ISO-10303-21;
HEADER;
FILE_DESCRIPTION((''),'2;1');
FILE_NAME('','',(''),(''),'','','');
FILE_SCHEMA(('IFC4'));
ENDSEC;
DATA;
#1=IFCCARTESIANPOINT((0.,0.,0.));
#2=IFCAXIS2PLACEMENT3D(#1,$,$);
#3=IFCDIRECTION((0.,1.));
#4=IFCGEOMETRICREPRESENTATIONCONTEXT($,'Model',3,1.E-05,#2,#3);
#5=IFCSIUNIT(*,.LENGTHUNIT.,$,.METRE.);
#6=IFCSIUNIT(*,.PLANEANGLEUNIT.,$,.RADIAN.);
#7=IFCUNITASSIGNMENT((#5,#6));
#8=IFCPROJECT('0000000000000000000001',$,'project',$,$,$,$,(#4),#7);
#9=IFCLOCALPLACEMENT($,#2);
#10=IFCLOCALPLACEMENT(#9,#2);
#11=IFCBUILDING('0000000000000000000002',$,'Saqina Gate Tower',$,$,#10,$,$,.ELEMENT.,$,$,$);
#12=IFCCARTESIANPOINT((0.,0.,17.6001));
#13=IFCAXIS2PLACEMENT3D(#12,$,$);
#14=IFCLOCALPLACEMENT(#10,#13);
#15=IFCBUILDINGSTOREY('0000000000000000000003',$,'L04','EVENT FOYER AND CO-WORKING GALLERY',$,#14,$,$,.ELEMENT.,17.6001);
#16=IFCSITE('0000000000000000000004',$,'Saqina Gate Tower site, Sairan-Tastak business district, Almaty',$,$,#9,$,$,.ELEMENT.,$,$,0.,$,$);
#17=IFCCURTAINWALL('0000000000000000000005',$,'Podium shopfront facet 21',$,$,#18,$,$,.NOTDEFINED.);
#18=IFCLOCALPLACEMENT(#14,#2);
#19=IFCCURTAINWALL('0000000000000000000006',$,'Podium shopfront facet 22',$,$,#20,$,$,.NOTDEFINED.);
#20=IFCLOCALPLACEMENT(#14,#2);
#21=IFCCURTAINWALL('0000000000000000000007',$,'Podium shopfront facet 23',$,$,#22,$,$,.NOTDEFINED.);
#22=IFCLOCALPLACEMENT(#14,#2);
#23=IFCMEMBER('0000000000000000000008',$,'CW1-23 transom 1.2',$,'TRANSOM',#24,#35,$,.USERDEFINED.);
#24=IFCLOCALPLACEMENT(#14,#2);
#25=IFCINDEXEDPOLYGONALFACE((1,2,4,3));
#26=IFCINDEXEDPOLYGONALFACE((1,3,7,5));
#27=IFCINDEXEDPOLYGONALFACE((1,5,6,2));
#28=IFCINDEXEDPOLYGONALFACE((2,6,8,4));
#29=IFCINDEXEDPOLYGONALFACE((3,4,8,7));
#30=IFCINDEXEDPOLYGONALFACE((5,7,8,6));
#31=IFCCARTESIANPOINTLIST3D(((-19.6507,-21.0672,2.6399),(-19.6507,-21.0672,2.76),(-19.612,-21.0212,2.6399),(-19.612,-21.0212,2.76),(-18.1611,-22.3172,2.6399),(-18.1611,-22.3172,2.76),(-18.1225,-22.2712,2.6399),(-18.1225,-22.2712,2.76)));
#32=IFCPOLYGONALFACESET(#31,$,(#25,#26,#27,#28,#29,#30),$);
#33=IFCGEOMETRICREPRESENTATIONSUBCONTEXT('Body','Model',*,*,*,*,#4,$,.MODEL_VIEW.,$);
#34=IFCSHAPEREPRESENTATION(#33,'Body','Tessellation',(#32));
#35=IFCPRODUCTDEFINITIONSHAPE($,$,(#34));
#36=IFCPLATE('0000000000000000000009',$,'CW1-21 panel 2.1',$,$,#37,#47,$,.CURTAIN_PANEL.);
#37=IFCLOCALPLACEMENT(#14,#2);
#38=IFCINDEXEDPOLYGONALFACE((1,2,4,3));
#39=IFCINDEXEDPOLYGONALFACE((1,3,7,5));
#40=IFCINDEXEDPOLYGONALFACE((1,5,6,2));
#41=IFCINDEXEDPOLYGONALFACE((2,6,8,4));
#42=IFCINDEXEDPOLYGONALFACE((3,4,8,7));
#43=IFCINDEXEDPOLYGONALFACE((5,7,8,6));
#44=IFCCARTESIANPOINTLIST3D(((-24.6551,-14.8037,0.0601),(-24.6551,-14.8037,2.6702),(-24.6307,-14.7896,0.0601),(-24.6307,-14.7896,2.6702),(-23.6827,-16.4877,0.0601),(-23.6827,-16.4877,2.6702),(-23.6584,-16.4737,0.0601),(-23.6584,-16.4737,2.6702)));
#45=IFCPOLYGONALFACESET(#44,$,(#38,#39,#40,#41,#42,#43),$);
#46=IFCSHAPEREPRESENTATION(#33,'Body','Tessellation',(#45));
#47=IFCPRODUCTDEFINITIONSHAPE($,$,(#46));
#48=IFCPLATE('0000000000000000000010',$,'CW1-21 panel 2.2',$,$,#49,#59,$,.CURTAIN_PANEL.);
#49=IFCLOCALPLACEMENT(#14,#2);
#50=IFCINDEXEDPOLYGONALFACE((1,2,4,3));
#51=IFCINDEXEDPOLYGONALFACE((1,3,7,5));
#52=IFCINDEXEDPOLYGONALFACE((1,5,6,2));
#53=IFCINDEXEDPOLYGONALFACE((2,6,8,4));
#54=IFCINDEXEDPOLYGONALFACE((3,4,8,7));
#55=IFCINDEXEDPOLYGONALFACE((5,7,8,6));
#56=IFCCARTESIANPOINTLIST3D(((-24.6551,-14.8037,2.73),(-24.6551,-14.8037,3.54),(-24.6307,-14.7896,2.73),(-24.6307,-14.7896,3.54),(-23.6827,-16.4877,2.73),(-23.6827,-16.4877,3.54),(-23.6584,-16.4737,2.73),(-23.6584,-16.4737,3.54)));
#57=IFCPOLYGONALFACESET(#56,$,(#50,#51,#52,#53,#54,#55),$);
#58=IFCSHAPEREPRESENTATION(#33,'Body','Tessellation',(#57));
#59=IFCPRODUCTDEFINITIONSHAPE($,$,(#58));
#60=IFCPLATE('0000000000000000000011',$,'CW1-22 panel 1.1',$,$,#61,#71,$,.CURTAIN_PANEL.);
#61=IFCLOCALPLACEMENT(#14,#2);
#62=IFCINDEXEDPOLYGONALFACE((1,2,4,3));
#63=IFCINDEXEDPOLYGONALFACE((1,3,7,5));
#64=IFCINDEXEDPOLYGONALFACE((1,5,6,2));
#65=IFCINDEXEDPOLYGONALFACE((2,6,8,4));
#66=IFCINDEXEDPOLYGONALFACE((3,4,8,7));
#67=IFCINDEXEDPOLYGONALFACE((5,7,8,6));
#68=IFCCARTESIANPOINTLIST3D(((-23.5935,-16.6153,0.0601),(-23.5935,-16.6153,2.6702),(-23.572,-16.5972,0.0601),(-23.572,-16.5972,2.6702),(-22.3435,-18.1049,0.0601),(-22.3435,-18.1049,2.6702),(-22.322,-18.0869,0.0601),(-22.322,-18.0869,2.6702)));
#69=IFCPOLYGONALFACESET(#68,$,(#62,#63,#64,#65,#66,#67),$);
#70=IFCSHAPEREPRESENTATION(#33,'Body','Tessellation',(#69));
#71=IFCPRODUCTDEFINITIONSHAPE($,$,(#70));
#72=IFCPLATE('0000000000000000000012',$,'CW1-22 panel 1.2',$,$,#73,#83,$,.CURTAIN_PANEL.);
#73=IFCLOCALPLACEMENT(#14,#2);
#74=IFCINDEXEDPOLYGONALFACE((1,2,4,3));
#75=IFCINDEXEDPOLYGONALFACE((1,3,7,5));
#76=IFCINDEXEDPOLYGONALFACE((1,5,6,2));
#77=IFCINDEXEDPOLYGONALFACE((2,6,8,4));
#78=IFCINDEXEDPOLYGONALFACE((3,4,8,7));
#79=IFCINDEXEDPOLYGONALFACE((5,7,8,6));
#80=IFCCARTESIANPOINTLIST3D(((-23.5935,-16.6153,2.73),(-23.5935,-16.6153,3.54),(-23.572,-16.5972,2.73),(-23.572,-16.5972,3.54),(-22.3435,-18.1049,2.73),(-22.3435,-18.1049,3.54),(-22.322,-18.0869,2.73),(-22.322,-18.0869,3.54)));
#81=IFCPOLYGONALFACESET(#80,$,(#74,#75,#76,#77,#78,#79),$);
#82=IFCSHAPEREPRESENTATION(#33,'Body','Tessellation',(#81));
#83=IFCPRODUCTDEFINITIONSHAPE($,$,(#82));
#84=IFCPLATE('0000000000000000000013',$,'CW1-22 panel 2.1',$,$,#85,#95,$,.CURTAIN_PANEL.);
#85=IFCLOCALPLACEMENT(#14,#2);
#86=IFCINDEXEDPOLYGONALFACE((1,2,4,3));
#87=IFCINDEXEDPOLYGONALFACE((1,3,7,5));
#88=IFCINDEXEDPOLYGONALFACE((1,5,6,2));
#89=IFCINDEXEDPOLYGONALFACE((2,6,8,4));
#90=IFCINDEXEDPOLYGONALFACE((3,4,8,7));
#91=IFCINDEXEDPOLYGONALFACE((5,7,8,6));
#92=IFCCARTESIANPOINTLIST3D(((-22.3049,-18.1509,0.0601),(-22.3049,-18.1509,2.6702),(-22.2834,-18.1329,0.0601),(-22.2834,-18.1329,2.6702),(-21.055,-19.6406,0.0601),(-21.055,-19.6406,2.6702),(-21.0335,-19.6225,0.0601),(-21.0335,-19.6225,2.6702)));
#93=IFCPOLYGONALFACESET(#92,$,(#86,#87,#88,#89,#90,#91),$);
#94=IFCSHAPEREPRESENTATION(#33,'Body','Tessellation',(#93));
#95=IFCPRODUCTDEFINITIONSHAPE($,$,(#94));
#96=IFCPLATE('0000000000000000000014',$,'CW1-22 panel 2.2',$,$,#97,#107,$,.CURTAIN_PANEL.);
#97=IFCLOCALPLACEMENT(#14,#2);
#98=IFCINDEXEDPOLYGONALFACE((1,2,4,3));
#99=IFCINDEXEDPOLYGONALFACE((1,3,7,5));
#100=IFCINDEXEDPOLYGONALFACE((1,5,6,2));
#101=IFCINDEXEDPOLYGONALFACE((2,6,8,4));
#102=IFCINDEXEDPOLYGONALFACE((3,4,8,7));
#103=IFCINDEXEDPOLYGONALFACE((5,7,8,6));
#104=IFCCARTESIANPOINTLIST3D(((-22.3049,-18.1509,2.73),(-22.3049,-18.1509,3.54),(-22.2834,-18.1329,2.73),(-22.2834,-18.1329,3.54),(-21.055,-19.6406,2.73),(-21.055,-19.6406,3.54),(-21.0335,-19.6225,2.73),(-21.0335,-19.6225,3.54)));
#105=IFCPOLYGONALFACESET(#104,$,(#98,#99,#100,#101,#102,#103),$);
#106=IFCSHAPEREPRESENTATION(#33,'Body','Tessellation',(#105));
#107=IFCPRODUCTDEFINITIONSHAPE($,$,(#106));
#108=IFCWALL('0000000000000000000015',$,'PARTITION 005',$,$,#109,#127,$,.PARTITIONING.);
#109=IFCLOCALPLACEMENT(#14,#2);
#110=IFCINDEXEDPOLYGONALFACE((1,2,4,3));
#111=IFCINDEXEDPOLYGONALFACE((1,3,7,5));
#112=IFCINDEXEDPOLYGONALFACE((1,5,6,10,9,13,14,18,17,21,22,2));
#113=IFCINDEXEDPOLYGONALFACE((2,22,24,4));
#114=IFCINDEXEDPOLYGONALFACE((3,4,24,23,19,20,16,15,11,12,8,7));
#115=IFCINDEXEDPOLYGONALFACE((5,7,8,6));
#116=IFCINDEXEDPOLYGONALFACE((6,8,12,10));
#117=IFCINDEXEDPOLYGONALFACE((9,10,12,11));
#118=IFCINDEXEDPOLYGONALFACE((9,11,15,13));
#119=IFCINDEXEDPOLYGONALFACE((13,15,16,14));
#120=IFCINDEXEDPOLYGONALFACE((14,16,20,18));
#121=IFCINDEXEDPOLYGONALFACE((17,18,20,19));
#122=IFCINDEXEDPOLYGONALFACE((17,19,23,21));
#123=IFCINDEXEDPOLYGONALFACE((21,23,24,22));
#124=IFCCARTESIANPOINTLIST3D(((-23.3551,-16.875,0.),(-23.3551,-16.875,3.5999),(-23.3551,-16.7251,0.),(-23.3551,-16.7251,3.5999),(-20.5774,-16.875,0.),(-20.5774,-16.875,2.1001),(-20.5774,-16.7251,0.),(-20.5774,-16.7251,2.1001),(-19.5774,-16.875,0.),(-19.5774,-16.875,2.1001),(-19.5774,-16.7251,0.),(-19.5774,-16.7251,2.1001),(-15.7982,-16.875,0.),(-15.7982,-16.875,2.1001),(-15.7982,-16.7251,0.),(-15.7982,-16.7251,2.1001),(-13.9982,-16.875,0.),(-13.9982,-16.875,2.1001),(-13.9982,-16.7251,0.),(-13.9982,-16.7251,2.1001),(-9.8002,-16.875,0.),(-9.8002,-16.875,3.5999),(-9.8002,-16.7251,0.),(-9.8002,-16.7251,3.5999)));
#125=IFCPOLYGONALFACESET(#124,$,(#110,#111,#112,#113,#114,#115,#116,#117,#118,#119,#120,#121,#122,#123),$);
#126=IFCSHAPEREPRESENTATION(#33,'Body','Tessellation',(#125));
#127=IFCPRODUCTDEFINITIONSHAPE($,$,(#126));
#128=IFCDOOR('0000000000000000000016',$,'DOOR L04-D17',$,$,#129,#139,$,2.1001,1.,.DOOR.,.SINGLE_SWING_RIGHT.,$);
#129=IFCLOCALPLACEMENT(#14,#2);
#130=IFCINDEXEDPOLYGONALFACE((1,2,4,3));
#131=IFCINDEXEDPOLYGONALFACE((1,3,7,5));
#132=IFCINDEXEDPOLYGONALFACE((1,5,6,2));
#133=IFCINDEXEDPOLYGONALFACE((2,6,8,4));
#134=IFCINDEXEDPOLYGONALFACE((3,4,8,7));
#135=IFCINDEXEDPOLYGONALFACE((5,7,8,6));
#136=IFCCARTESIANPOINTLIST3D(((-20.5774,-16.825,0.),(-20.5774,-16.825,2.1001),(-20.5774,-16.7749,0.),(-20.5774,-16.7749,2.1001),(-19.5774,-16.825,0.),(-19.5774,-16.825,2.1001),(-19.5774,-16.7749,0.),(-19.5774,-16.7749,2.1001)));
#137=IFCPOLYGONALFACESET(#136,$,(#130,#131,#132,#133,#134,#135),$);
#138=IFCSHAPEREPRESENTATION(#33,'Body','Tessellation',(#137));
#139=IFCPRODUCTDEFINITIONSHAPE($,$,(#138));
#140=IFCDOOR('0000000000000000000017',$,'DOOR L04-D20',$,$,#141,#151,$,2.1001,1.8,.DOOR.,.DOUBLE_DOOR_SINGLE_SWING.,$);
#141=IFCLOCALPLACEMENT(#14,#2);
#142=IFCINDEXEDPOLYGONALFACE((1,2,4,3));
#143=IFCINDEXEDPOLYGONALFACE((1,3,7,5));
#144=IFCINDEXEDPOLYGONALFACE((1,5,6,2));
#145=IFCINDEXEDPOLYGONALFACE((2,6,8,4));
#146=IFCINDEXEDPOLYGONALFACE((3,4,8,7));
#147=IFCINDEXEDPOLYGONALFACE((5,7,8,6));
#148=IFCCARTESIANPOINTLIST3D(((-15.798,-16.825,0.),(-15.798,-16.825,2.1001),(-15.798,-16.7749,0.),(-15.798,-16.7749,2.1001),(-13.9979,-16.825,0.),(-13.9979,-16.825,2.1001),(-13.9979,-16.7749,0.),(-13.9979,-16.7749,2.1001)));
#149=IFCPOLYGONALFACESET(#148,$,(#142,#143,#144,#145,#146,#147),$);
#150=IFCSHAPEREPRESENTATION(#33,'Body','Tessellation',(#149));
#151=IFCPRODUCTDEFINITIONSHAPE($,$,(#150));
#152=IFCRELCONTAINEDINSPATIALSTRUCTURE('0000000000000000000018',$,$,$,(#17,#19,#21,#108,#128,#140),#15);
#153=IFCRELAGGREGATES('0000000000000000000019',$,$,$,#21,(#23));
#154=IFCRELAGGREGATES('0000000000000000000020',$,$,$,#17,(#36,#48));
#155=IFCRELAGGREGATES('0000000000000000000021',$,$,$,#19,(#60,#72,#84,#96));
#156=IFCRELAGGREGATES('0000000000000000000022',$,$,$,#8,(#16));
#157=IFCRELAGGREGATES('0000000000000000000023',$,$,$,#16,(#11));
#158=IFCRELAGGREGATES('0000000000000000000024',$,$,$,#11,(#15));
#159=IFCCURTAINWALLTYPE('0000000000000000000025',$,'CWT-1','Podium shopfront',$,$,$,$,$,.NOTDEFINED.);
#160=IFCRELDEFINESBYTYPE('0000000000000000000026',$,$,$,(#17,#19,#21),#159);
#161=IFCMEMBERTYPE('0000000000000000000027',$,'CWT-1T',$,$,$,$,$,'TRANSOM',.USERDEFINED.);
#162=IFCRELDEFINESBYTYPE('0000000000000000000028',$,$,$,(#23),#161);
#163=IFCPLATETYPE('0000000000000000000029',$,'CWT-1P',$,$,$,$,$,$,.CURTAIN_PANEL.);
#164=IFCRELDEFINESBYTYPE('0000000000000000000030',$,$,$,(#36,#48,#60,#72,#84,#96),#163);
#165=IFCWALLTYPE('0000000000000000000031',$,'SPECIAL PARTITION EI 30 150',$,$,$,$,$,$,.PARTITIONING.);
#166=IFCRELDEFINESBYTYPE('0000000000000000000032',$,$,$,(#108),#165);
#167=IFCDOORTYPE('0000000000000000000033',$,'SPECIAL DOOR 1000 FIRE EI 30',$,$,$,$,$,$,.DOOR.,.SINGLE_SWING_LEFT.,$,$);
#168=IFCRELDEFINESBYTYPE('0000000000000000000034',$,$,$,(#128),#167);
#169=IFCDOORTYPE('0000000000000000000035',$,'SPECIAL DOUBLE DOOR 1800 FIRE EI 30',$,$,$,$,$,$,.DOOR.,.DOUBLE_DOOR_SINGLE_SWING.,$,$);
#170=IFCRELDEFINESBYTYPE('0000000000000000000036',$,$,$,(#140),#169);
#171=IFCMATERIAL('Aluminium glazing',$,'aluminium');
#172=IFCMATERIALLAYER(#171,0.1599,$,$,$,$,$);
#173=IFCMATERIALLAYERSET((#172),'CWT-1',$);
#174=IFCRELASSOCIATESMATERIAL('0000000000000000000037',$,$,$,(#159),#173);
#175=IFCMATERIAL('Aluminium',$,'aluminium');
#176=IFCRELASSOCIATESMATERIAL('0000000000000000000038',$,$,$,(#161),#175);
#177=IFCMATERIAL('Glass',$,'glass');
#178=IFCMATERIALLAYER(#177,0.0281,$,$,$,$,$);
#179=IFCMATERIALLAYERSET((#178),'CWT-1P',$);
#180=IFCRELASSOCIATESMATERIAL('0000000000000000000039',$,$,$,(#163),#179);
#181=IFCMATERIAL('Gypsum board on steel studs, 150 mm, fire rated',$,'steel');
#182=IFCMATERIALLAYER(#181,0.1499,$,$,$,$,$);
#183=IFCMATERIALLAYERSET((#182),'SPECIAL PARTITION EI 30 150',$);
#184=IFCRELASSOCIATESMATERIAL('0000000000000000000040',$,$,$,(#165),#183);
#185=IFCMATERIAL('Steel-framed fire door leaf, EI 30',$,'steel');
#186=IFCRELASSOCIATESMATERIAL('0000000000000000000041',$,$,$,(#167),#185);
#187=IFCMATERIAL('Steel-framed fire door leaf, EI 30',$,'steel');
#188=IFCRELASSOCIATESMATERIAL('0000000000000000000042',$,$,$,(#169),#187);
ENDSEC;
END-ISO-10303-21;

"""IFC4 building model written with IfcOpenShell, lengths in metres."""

from ifc_helpers import new_model, si_unit, direction, frame, frame_2d, origin, origin_2d, place, context, subcontext, project, spatial, rectangle, extrude, material, layer, layer_set, material_profile, profile_set, type_object, element, fill, aggregate, save


model = new_model("IFC4")

# Units and contexts
model_context = context("Model", 3, precision=1e-05, world=origin(), true_north=direction((0.0, 1.0)))
body_context = subcontext(model_context, "Body", "Model", "MODEL_VIEW")
ifc_project = project(units=[si_unit("LENGTHUNIT", "METRE"), si_unit("PLANEANGLEUNIT", "RADIAN")], contexts=[model_context])

# Site, building, storey
site_placement = place(None, origin())
site = spatial("IfcSite", under=ifc_project, at=site_placement, Name="Saqina Gate Tower site, Sairan-Tastak business district, Almaty", CompositionType="ELEMENT", RefElevation=0.0)
building_placement = place(site_placement, origin())
building = spatial("IfcBuilding", under=site, at=building_placement, Name="Saqina Gate Tower", CompositionType="ELEMENT")
storey_placement = place(building_placement, frame((0.0, 0.0, 17.6001)))
storey = spatial("IfcBuildingStorey", under=building, at=storey_placement, Name="L04", Description="EVENT FOYER AND CO-WORKING GALLERY", CompositionType="ELEMENT", Elevation=17.6001)

# Curtain wall
ifc_material_1 = material(Name="Aluminium glazing", Category="aluminium")
ifc_layer_1 = layer(ifc_material_1, 0.1599)
ifc_layer_set_1 = layer_set([ifc_layer_1], Name="CWT-1")
curtain_wall_type = type_object("IfcCurtainWallType", Name="CWT-1", Description="Podium shopfront", PredefinedType="NOTDEFINED", material=ifc_layer_set_1)
curtain_wall_1_placement = place(storey_placement, origin())
curtain_wall_1 = element("IfcCurtainWall", 1, at=curtain_wall_1_placement, inside=storey, type_object=curtain_wall_type, Name="Podium shopfront facet 21", PredefinedType="NOTDEFINED")

# Curtain wall
curtain_wall_2_placement = place(storey_placement, origin())
curtain_wall_2 = element("IfcCurtainWall", 2, at=curtain_wall_2_placement, inside=storey, type_object=curtain_wall_type, Name="Podium shopfront facet 22", PredefinedType="NOTDEFINED")

# Curtain wall
curtain_wall_3_placement = place(storey_placement, origin())
curtain_wall_3 = element("IfcCurtainWall", 3, at=curtain_wall_3_placement, inside=storey, type_object=curtain_wall_type, Name="Podium shopfront facet 23", PredefinedType="NOTDEFINED")

# Member
ifc_material_2 = material(Name="Aluminium", Category="aluminium")
ifc_material_profile_1 = material_profile(ifc_material_2, rectangle(XDim=0.0601, YDim=0.1201, at=origin_2d()), Name="Aluminium 60x120")
ifc_profile_set_1 = profile_set([ifc_material_profile_1], Name="Aluminium")
member_type_1 = type_object("IfcMemberType", Name="CWT-1T", ElementType="TRANSOM", PredefinedType="USERDEFINED", material=ifc_profile_set_1)
member_1_placement = place(storey_placement, frame((-19.6313, -21.0442, 2.7), z_axis=(0.766004, -0.642836, 0.0), x_axis=(0.642836, 0.766004, 0.0)))
member_1 = element("IfcMember", 4, at=member_1_placement, type_object=member_type_1, Name="CW1-23 transom 1.2", ObjectType="TRANSOM", PredefinedType="USERDEFINED", context=body_context, shape_type="SweptSolid", body=[
    extrude(rectangle(XDim=0.0601, YDim=0.1201, at=origin_2d()), origin(), (0.0, 0.0, 1.0), 1.9446),
])
aggregate(curtain_wall_3, [member_1])

# Plates
ifc_material_3 = material(Name="Glass", Category="glass")
ifc_layer_2 = layer(ifc_material_3, 0.0281)
ifc_layer_set_2 = layer_set([ifc_layer_2], Name="CWT-1P")
plate_type = type_object("IfcPlateType", Name="CWT-1P", PredefinedType="CURTAIN_PANEL", material=ifc_layer_set_2)
plate_1_placement = place(storey_placement, frame((-24.1567, -15.6387, 0.0601), z_axis=(0.0, 0.0, 1.0), x_axis=(0.500014, -0.866017, 0.0)))
plate_1 = element("IfcPlate", 5, at=plate_1_placement, type_object=plate_type, Name="CW1-21 panel 2.1", PredefinedType="CURTAIN_PANEL", context=body_context, shape_type="SweptSolid", body=[
    extrude(rectangle(XDim=1.9446, YDim=0.0281, at=origin_2d()), origin(), (0.0, 0.0, 1.0), 2.6101),
])
plate_2_placement = place(storey_placement, frame((-24.1567, -15.6387, 2.73), z_axis=(0.0, 0.0, 1.0), x_axis=(0.500014, -0.866017, 0.0)))
plate_2 = element("IfcPlate", 6, at=plate_2_placement, type_object=plate_type, Name="CW1-21 panel 2.2", PredefinedType="CURTAIN_PANEL", context=body_context, shape_type="SweptSolid", body=[
    extrude(rectangle(XDim=1.9446, YDim=0.0281, at=origin_2d()), origin(), (0.0, 0.0, 1.0), 0.8101),
])
aggregate(curtain_wall_1, [plate_1, plate_2])
plate_3_placement = place(storey_placement, frame((-22.9578, -17.3511, 0.0601), z_axis=(0.0, 0.0, 1.0), x_axis=(0.642779, -0.766051, 0.0)))
plate_3 = element("IfcPlate", 7, at=plate_3_placement, type_object=plate_type, Name="CW1-22 panel 1.1", PredefinedType="CURTAIN_PANEL", context=body_context, shape_type="SweptSolid", body=[
    extrude(rectangle(XDim=1.9446, YDim=0.0281, at=origin_2d()), origin(), (0.0, 0.0, 1.0), 2.6101),
])
plate_4_placement = place(storey_placement, frame((-22.9578, -17.3511, 2.73), z_axis=(0.0, 0.0, 1.0), x_axis=(0.642779, -0.766051, 0.0)))
plate_4 = element("IfcPlate", 8, at=plate_4_placement, type_object=plate_type, Name="CW1-22 panel 1.2", PredefinedType="CURTAIN_PANEL", context=body_context, shape_type="SweptSolid", body=[
    extrude(rectangle(XDim=1.9446, YDim=0.0281, at=origin_2d()), origin(), (0.0, 0.0, 1.0), 0.8101),
])
plate_5_placement = place(storey_placement, frame((-21.6692, -18.8867, 0.0601), z_axis=(0.0, 0.0, 1.0), x_axis=(0.642779, -0.766051, 0.0)))
plate_5 = element("IfcPlate", 9, at=plate_5_placement, type_object=plate_type, Name="CW1-22 panel 2.1", PredefinedType="CURTAIN_PANEL", context=body_context, shape_type="SweptSolid", body=[
    extrude(rectangle(XDim=1.9446, YDim=0.0281, at=origin_2d()), origin(), (0.0, 0.0, 1.0), 2.6101),
])
plate_6_placement = place(storey_placement, frame((-21.6692, -18.8867, 2.73), z_axis=(0.0, 0.0, 1.0), x_axis=(0.642779, -0.766051, 0.0)))
plate_6 = element("IfcPlate", 10, at=plate_6_placement, type_object=plate_type, Name="CW1-22 panel 2.2", PredefinedType="CURTAIN_PANEL", context=body_context, shape_type="SweptSolid", body=[
    extrude(rectangle(XDim=1.9446, YDim=0.0281, at=origin_2d()), origin(), (0.0, 0.0, 1.0), 0.8101),
])
aggregate(curtain_wall_2, [plate_3, plate_4, plate_5, plate_6])

# Wall, openings, doors
ifc_material_4 = material(Name="Gypsum board on steel studs, 150 mm, fire rated", Category="steel")
ifc_layer_3 = layer(ifc_material_4, 0.1499)
ifc_layer_set_3 = layer_set([ifc_layer_3], Name="SPECIAL PARTITION EI 30 150")
wall_type = type_object("IfcWallType", Name="SPECIAL PARTITION EI 30 150", PredefinedType="PARTITIONING", material=ifc_layer_set_3)
wall_placement = place(storey_placement, frame((-23.355, -16.8, 0.0), z_axis=(0.0, 0.0, 1.0), x_axis=(1.0, 0.0, 0.0)))
wall = element("IfcWall", 11, at=wall_placement, inside=storey, type_object=wall_type, Name="PARTITION 005", PredefinedType="PARTITIONING", context=body_context, shape_type="SweptSolid", body=[
    extrude(rectangle(XDim=13.5549, YDim=0.1499, at=frame_2d((6.7773, 0.0))), origin(), (0.0, 0.0, 1.0), 3.5999),
])
opening_1_placement = place(wall_placement, frame((2.7776, 0.0, 0.0)))
opening_1 = element("IfcOpeningElement", 12, at=opening_1_placement, cuts=wall, PredefinedType="OPENING", context=body_context, shape_type="SweptSolid", body=[
    extrude(rectangle(XDim=1.0, YDim=2.1001, at=frame_2d((0.5, 1.05))), frame((0.0, 0.0869, 0.0), z_axis=(0.0, -1.0, 0.0), x_axis=(1.0, 0.0, 0.0)), (0.0, 0.0, 1.0), 0.1738),
])
opening_2_placement = place(wall_placement, frame((7.5569, 0.0, 0.0)))
opening_2 = element("IfcOpeningElement", 13, at=opening_2_placement, cuts=wall, PredefinedType="OPENING", context=body_context, shape_type="SweptSolid", body=[
    extrude(rectangle(XDim=1.8, YDim=2.1001, at=frame_2d((0.8999, 1.05))), frame((0.0, 0.0869, 0.0), z_axis=(0.0, -1.0, 0.0), x_axis=(1.0, 0.0, 0.0)), (0.0, 0.0, 1.0), 0.1738),
])
ifc_material_5 = material(Name="Steel-framed fire door leaf, EI 30", Category="steel")
door_type_1 = type_object("IfcDoorType", Name="SPECIAL DOOR 1000 FIRE EI 30", OperationType="SINGLE_SWING_LEFT", PredefinedType="DOOR", material=ifc_material_5)
door_1_placement = place(opening_1_placement, frame((1.0, 0.0, 0.0), z_axis=(0.0, 0.0, 1.0), x_axis=(-1.0, 0.0, 0.0)))
door_1 = element("IfcDoor", 14, at=door_1_placement, inside=storey, type_object=door_type_1, Name="DOOR L04-D17", OperationType="SINGLE_SWING_RIGHT", OverallHeight=2.1001, OverallWidth=1.0, PredefinedType="DOOR", context=body_context, shape_type="SweptSolid", body=[
    extrude(rectangle(XDim=1.0, YDim=2.1001, at=frame_2d((0.5, 1.05))), frame((0.0, 0.0249, 0.0), z_axis=(0.0, -1.0, 0.0), x_axis=(1.0, 0.0, 0.0)), (0.0, 0.0, 1.0), 0.05),
])
fill(opening_1, door_1)
ifc_material_6 = material(Name="Steel-framed fire door leaf, EI 30", Category="steel")
door_type_2 = type_object("IfcDoorType", Name="SPECIAL DOUBLE DOOR 1800 FIRE EI 30", OperationType="DOUBLE_DOOR_SINGLE_SWING", PredefinedType="DOOR", material=ifc_material_6)
door_2_placement = place(opening_2_placement, frame((1.8, 0.0, 0.0), z_axis=(0.0, 0.0, 1.0), x_axis=(-1.0, 0.0, 0.0)))
door_2 = element("IfcDoor", 15, at=door_2_placement, inside=storey, type_object=door_type_2, Name="DOOR L04-D20", OperationType="DOUBLE_DOOR_SINGLE_SWING", OverallHeight=2.1001, OverallWidth=1.8, PredefinedType="DOOR", context=body_context, shape_type="SweptSolid", body=[
    extrude(rectangle(XDim=1.8, YDim=2.1001, at=frame_2d((0.8999, 1.05))), frame((0.0, 0.0249, 0.0), z_axis=(0.0, -1.0, 0.0), x_axis=(1.0, 0.0, 0.0)), (0.0, 0.0, 1.0), 0.05),
])
fill(opening_2, door_2)

save(model, "model.ifc")
